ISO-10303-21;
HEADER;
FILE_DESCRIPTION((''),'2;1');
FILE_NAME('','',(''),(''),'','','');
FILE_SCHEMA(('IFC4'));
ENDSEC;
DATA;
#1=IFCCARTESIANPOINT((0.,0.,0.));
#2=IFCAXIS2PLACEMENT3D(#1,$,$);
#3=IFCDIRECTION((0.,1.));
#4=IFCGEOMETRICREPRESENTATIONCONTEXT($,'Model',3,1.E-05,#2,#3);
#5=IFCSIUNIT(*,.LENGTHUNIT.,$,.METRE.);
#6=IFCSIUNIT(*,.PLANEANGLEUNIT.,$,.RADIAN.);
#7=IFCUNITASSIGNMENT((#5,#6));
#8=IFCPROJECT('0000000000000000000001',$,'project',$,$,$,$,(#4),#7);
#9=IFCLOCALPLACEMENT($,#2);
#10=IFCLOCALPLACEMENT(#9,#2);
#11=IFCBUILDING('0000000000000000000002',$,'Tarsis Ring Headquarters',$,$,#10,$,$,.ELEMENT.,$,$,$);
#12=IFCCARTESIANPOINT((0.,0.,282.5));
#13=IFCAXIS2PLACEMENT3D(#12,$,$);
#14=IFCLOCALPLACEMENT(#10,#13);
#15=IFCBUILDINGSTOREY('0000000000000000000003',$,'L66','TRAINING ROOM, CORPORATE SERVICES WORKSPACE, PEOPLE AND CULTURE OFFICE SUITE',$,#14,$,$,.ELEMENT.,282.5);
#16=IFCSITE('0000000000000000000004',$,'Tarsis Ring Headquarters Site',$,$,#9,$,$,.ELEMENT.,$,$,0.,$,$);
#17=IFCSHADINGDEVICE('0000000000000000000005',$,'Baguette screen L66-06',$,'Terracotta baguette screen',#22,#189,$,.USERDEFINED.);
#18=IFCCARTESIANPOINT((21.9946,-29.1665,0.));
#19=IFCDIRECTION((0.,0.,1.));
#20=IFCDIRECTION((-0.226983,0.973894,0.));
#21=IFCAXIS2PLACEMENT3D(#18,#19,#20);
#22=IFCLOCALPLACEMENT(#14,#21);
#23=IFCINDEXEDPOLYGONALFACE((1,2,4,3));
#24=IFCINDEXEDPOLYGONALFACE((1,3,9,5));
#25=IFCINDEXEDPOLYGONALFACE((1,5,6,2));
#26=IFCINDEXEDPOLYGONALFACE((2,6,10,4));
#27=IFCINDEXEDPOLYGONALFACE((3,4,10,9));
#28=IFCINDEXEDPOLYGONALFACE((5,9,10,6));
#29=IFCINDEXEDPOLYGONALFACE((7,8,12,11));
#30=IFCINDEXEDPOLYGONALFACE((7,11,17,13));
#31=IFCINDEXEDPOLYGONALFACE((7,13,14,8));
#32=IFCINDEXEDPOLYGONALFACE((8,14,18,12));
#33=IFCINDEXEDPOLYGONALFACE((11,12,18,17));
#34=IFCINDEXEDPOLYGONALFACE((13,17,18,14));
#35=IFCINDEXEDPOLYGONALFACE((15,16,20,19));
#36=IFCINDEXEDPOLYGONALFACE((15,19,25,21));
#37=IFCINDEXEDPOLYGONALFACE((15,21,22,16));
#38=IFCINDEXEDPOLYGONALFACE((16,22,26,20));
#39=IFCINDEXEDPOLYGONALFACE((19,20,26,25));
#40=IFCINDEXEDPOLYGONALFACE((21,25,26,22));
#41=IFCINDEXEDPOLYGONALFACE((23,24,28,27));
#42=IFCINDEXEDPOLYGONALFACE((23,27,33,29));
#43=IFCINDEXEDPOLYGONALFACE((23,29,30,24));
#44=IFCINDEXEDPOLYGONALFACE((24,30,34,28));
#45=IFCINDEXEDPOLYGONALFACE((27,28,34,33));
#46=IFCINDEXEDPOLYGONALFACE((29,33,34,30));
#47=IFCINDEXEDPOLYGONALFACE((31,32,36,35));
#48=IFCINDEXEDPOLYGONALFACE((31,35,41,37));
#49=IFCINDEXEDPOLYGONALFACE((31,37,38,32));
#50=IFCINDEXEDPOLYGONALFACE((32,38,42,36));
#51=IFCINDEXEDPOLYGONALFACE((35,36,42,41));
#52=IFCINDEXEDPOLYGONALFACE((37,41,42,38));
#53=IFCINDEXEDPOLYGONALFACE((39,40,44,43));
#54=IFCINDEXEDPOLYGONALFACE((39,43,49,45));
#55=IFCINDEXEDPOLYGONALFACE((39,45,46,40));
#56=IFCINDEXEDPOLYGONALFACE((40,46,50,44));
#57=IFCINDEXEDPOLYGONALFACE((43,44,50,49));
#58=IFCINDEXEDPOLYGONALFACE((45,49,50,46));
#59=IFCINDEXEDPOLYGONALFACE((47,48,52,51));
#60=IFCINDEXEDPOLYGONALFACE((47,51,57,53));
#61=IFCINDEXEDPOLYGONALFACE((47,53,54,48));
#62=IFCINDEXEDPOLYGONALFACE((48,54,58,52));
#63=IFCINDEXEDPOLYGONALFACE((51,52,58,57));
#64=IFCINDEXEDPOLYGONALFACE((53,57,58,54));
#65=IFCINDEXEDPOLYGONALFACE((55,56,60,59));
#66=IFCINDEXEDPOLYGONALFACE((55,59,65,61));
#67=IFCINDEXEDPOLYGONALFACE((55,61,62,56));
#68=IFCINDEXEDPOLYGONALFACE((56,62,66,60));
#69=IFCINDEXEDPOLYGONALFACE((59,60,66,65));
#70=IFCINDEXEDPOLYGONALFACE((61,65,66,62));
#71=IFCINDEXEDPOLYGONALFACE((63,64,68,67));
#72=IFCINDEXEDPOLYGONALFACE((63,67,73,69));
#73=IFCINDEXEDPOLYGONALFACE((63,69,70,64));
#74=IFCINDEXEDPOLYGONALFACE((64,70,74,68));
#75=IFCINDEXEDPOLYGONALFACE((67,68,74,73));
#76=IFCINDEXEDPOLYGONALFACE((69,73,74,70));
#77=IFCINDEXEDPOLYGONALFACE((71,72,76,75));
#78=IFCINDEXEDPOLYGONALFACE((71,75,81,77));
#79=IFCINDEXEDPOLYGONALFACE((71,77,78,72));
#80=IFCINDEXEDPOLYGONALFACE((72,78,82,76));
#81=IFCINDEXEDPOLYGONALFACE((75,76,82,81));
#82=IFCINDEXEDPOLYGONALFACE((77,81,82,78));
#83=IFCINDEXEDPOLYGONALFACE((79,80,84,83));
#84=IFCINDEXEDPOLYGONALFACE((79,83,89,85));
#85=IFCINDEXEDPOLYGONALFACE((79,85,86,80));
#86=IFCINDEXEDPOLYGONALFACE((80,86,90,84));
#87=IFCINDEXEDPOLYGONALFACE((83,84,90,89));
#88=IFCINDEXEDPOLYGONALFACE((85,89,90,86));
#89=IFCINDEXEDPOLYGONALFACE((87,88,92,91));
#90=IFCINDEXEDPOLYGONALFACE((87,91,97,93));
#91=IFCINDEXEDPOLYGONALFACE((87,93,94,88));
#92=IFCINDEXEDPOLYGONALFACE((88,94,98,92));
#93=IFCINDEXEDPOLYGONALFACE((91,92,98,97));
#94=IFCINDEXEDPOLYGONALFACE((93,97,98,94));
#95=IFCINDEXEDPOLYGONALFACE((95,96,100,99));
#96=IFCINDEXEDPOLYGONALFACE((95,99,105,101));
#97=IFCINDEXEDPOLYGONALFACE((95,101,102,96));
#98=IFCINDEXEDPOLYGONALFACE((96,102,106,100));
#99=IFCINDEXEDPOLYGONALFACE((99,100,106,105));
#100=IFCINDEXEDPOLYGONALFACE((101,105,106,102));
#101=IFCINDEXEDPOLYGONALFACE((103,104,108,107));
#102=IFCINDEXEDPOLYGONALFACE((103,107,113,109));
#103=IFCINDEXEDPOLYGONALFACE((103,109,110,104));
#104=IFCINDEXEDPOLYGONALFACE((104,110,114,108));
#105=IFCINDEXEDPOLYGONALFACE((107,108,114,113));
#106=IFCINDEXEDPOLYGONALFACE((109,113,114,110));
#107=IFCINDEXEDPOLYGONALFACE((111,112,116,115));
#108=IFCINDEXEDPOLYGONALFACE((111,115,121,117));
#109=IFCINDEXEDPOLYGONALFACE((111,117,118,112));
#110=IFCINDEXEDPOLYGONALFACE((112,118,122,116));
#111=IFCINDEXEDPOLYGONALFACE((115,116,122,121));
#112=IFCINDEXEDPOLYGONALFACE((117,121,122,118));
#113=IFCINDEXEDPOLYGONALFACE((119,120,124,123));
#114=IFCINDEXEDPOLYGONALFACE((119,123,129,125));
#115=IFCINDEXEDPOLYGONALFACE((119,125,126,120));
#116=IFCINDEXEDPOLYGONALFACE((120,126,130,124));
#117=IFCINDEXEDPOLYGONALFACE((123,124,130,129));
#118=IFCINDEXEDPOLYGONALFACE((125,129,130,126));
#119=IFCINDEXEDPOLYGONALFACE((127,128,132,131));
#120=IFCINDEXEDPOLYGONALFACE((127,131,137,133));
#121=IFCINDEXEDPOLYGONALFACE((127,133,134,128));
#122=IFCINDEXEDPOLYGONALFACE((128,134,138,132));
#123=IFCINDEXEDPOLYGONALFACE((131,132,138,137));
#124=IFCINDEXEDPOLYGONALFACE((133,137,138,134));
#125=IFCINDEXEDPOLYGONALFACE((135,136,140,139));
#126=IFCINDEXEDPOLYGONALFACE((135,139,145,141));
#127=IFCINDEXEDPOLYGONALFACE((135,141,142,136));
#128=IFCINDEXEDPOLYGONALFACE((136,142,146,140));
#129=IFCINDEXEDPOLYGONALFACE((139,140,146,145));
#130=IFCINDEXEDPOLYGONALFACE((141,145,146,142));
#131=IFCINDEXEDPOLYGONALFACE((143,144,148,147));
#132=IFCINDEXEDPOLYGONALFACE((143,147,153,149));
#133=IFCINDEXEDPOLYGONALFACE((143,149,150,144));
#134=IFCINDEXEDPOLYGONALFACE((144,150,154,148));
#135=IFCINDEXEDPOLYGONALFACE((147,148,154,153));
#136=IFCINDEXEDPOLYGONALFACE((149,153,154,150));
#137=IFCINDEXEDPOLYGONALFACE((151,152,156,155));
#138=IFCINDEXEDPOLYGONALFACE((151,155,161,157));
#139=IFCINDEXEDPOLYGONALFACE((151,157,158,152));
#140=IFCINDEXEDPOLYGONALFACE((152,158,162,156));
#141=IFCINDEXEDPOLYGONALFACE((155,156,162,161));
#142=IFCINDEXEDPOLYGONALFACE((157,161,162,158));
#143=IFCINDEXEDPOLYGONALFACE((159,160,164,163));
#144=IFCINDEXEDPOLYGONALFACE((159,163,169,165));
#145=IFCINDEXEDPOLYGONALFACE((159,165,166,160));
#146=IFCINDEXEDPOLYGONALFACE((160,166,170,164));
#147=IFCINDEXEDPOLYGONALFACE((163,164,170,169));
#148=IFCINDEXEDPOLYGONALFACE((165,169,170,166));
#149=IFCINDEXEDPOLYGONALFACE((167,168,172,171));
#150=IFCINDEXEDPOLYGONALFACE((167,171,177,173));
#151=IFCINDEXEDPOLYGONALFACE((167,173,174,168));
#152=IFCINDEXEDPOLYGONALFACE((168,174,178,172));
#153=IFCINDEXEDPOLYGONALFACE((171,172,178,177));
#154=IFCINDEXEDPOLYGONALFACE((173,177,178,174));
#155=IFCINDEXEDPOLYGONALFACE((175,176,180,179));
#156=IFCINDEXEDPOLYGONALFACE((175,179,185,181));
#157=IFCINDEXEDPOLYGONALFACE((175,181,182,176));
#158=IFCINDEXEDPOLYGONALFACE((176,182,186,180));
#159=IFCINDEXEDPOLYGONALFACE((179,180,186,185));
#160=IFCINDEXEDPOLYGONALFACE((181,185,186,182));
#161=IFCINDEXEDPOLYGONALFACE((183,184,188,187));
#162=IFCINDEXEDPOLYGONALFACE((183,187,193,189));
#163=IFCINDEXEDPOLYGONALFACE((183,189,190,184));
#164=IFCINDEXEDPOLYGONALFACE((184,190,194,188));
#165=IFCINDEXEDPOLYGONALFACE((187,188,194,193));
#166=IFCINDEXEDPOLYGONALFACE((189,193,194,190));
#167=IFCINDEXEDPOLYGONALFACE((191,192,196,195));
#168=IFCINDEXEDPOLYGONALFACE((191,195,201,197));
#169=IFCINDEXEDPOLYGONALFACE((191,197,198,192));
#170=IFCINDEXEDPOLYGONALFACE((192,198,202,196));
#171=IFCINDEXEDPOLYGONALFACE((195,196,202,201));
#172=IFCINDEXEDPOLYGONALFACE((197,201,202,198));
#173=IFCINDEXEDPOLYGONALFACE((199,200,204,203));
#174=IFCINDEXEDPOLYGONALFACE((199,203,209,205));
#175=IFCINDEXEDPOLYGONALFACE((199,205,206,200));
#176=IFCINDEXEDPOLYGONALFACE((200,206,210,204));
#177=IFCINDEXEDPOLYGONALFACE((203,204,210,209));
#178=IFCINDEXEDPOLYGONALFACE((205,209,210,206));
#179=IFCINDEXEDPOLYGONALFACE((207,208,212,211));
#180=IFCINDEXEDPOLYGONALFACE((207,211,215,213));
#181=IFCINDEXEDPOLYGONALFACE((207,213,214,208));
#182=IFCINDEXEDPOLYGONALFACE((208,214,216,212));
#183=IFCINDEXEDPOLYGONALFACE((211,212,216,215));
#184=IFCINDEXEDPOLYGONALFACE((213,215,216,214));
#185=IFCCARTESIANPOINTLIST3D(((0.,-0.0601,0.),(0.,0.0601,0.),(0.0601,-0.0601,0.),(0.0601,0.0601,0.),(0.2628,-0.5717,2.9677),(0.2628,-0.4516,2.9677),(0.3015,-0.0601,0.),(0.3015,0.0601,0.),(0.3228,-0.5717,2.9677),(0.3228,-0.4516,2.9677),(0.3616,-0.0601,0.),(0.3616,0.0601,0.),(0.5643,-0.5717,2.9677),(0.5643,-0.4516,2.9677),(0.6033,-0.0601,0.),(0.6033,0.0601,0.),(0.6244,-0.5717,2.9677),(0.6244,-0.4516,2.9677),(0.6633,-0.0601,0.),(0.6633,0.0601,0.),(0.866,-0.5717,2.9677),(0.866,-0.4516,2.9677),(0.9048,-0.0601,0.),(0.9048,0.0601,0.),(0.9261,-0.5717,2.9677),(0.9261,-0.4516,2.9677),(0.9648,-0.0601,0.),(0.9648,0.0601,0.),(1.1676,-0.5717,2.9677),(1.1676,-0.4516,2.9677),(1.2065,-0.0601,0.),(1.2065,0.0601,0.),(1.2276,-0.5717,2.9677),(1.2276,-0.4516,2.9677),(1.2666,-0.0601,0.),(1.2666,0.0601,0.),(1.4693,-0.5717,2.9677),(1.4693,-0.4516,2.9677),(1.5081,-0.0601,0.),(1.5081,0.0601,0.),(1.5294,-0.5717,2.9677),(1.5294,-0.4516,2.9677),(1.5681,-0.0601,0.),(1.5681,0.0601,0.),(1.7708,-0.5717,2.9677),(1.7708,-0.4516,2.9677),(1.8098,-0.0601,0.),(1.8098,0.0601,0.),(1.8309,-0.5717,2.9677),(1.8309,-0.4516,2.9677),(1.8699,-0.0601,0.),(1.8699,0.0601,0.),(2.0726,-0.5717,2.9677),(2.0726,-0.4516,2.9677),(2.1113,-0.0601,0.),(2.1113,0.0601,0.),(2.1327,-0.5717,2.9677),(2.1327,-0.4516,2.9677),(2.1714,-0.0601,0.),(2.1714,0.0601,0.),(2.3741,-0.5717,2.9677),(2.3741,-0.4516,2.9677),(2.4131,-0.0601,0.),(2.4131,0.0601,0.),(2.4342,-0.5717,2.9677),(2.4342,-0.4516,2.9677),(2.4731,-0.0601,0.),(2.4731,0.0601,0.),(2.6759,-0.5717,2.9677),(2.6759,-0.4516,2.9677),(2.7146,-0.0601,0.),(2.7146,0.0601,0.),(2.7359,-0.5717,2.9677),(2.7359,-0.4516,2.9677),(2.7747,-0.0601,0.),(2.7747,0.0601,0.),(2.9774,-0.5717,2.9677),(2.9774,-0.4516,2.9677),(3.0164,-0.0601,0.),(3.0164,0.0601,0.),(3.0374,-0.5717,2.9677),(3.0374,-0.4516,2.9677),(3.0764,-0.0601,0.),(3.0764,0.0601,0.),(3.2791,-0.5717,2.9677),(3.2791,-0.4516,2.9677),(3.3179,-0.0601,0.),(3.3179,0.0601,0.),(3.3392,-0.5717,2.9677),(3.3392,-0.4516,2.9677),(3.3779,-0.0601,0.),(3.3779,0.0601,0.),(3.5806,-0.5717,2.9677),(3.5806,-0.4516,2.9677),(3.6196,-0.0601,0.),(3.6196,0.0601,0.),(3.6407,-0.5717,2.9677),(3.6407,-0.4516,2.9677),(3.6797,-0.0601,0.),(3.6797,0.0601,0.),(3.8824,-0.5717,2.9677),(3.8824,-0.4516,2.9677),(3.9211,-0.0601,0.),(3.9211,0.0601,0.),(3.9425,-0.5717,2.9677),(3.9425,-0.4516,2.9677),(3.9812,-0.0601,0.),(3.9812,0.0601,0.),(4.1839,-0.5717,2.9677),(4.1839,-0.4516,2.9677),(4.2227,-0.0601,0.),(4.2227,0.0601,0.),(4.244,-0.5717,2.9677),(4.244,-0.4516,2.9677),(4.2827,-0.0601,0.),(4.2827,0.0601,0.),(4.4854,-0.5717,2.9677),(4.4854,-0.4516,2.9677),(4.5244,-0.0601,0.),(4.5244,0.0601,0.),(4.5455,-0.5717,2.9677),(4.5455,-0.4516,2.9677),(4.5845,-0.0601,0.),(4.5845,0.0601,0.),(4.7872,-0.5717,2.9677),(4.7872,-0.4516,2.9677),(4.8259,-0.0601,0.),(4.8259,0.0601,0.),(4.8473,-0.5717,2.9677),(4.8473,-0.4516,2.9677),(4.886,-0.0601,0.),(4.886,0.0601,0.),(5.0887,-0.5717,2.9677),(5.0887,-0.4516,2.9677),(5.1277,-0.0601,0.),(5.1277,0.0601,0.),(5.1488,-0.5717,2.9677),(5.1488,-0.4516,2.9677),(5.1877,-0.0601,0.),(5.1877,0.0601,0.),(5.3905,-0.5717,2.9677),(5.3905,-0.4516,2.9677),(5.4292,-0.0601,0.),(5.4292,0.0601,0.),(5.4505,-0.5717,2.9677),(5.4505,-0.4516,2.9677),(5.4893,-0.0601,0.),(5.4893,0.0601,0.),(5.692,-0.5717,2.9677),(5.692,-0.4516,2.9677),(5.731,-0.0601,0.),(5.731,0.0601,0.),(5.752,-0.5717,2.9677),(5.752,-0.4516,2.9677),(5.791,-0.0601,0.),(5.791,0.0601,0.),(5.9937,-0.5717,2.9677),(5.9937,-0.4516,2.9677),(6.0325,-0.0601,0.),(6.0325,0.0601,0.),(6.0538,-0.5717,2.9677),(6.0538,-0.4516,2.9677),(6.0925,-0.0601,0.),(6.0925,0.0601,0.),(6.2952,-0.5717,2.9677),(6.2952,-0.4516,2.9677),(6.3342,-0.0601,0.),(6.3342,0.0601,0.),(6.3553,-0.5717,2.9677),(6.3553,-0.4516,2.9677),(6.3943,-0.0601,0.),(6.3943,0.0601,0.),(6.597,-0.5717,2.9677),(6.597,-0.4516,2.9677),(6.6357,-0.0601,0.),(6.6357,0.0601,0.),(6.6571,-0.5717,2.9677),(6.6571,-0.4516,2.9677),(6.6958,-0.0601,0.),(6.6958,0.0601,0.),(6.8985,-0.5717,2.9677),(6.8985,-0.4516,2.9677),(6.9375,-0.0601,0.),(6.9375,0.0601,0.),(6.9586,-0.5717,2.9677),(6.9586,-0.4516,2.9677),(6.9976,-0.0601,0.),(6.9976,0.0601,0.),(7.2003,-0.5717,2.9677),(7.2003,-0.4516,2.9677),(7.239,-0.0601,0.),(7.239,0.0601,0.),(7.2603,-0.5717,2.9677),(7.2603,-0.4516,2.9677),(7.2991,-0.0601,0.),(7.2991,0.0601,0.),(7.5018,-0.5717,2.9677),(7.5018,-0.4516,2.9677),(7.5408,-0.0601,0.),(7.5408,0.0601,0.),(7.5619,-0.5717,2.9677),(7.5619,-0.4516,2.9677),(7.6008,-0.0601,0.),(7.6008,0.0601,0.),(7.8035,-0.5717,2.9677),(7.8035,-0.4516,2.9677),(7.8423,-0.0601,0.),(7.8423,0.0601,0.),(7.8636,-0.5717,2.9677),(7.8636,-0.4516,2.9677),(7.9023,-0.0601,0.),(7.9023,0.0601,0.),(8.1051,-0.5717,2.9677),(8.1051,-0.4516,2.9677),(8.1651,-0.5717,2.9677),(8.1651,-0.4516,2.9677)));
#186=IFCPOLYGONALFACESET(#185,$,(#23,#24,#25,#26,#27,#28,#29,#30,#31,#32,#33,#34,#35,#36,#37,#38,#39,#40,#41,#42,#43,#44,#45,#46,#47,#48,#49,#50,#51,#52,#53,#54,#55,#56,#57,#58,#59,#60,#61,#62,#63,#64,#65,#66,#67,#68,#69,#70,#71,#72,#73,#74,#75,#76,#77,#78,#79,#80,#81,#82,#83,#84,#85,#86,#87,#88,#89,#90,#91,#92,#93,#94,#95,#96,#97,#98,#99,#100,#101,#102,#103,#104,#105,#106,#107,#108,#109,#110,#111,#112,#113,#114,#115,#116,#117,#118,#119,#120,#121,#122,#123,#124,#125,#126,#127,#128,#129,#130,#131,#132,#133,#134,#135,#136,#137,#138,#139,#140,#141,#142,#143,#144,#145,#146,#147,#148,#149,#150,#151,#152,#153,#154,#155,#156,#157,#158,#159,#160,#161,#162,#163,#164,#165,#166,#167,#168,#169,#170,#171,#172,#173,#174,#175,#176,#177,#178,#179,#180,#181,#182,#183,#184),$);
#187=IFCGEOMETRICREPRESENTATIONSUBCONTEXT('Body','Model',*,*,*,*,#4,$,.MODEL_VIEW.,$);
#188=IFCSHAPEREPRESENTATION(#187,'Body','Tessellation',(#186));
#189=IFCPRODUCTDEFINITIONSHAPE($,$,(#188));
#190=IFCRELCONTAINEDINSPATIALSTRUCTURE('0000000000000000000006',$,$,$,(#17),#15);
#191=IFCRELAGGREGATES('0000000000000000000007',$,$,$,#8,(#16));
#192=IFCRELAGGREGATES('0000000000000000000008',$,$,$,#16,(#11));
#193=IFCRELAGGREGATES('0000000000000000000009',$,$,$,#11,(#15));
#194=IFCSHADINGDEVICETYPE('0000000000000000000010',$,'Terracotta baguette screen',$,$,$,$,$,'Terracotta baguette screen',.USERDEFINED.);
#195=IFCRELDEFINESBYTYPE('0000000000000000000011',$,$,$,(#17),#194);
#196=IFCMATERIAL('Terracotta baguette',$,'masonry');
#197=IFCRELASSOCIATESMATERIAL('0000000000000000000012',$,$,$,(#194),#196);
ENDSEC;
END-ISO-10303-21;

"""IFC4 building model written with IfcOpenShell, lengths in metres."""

from ifc_helpers import new_model, si_unit, direction, frame, frame_2d, origin, place, context, subcontext, project, spatial, rectangle, composite_profile, extrude, material, type_object, element, save


model = new_model("IFC4")

# Units and contexts
model_context = context("Model", 3, precision=1e-05, world=origin(), true_north=direction((0.0, 1.0)))
body_context = subcontext(model_context, "Body", "Model", "MODEL_VIEW")
ifc_project = project(units=[si_unit("LENGTHUNIT", "METRE"), si_unit("PLANEANGLEUNIT", "RADIAN")], contexts=[model_context])

# Site, building, storey
site_placement = place(None, origin())
site = spatial("IfcSite", under=ifc_project, at=site_placement, Name="Tarsis Ring Headquarters Site", CompositionType="ELEMENT", RefElevation=0.0)
building_placement = place(site_placement, origin())
building = spatial("IfcBuilding", under=site, at=building_placement, Name="Tarsis Ring Headquarters", CompositionType="ELEMENT")
storey_placement = place(building_placement, frame((0.0, 0.0, 282.5)))
storey = spatial("IfcBuildingStorey", under=building, at=storey_placement, Name="L66", Description="TRAINING ROOM, CORPORATE SERVICES WORKSPACE, PEOPLE AND CULTURE OFFICE SUITE", CompositionType="ELEMENT", Elevation=282.5)

# Shading device
ifc_material_1 = material(Name="Terracotta baguette", Category="masonry")
shading_device_type_1 = type_object("IfcShadingDeviceType", Name="Terracotta baguette screen", ElementType="Terracotta baguette screen", PredefinedType="USERDEFINED", material=ifc_material_1)
shading_device_1_placement = place(storey_placement, frame((21.9946, -29.1665, 0.0), z_axis=(0.0, 0.0, 1.0), x_axis=(-0.226983, 0.973894, 0.0)))
element("IfcShadingDevice", 1, at=shading_device_1_placement, inside=storey, type_object=shading_device_type_1, Name="Baguette screen L66-06", ObjectType="Terracotta baguette screen", PredefinedType="USERDEFINED", context=body_context, shape_type="SweptSolid", body=[
    extrude(composite_profile([rectangle(XDim=0.0601, YDim=0.1201, at=frame_2d((0.03, 0.0))), rectangle(XDim=0.0601, YDim=0.1201, at=frame_2d((0.3315, 0.0))), rectangle(XDim=0.0601, YDim=0.1201, at=frame_2d((0.6333, 0.0))), rectangle(XDim=0.0601, YDim=0.1201, at=frame_2d((0.9348, 0.0))), rectangle(XDim=0.0601, YDim=0.1201, at=frame_2d((1.2366, 0.0))), rectangle(XDim=0.0601, YDim=0.1201, at=frame_2d((1.5381, 0.0))), rectangle(XDim=0.0601, YDim=0.1201, at=frame_2d((1.8398, 0.0))), rectangle(XDim=0.0601, YDim=0.1201, at=frame_2d((2.1414, 0.0))), rectangle(XDim=0.0601, YDim=0.1201, at=frame_2d((2.4431, 0.0))), rectangle(XDim=0.0601, YDim=0.1201, at=frame_2d((2.7446, 0.0))), rectangle(XDim=0.0601, YDim=0.1201, at=frame_2d((3.0464, 0.0))), rectangle(XDim=0.0601, YDim=0.1201, at=frame_2d((3.3479, 0.0))), rectangle(XDim=0.0601, YDim=0.1201, at=frame_2d((3.6497, 0.0))), rectangle(XDim=0.0601, YDim=0.1201, at=frame_2d((3.9512, 0.0))), rectangle(XDim=0.0601, YDim=0.1201, at=frame_2d((4.2527, 0.0))), rectangle(XDim=0.0601, YDim=0.1201, at=frame_2d((4.5544, 0.0))), rectangle(XDim=0.0601, YDim=0.1201, at=frame_2d((4.856, 0.0))), rectangle(XDim=0.0601, YDim=0.1201, at=frame_2d((5.1577, 0.0))), rectangle(XDim=0.0601, YDim=0.1201, at=frame_2d((5.4592, 0.0))), rectangle(XDim=0.0601, YDim=0.1201, at=frame_2d((5.761, 0.0))), rectangle(XDim=0.0601, YDim=0.1201, at=frame_2d((6.0625, 0.0))), rectangle(XDim=0.0601, YDim=0.1201, at=frame_2d((6.3643, 0.0))), rectangle(XDim=0.0601, YDim=0.1201, at=frame_2d((6.6658, 0.0))), rectangle(XDim=0.0601, YDim=0.1201, at=frame_2d((6.9675, 0.0))), rectangle(XDim=0.0601, YDim=0.1201, at=frame_2d((7.269, 0.0))), rectangle(XDim=0.0601, YDim=0.1201, at=frame_2d((7.5708, 0.0))), rectangle(XDim=0.0601, YDim=0.1201, at=frame_2d((7.8723, 0.0)))]), origin(), (0.086928, -0.169255, 0.981731), 3.0229),
])

save(model, "model.ifc")
